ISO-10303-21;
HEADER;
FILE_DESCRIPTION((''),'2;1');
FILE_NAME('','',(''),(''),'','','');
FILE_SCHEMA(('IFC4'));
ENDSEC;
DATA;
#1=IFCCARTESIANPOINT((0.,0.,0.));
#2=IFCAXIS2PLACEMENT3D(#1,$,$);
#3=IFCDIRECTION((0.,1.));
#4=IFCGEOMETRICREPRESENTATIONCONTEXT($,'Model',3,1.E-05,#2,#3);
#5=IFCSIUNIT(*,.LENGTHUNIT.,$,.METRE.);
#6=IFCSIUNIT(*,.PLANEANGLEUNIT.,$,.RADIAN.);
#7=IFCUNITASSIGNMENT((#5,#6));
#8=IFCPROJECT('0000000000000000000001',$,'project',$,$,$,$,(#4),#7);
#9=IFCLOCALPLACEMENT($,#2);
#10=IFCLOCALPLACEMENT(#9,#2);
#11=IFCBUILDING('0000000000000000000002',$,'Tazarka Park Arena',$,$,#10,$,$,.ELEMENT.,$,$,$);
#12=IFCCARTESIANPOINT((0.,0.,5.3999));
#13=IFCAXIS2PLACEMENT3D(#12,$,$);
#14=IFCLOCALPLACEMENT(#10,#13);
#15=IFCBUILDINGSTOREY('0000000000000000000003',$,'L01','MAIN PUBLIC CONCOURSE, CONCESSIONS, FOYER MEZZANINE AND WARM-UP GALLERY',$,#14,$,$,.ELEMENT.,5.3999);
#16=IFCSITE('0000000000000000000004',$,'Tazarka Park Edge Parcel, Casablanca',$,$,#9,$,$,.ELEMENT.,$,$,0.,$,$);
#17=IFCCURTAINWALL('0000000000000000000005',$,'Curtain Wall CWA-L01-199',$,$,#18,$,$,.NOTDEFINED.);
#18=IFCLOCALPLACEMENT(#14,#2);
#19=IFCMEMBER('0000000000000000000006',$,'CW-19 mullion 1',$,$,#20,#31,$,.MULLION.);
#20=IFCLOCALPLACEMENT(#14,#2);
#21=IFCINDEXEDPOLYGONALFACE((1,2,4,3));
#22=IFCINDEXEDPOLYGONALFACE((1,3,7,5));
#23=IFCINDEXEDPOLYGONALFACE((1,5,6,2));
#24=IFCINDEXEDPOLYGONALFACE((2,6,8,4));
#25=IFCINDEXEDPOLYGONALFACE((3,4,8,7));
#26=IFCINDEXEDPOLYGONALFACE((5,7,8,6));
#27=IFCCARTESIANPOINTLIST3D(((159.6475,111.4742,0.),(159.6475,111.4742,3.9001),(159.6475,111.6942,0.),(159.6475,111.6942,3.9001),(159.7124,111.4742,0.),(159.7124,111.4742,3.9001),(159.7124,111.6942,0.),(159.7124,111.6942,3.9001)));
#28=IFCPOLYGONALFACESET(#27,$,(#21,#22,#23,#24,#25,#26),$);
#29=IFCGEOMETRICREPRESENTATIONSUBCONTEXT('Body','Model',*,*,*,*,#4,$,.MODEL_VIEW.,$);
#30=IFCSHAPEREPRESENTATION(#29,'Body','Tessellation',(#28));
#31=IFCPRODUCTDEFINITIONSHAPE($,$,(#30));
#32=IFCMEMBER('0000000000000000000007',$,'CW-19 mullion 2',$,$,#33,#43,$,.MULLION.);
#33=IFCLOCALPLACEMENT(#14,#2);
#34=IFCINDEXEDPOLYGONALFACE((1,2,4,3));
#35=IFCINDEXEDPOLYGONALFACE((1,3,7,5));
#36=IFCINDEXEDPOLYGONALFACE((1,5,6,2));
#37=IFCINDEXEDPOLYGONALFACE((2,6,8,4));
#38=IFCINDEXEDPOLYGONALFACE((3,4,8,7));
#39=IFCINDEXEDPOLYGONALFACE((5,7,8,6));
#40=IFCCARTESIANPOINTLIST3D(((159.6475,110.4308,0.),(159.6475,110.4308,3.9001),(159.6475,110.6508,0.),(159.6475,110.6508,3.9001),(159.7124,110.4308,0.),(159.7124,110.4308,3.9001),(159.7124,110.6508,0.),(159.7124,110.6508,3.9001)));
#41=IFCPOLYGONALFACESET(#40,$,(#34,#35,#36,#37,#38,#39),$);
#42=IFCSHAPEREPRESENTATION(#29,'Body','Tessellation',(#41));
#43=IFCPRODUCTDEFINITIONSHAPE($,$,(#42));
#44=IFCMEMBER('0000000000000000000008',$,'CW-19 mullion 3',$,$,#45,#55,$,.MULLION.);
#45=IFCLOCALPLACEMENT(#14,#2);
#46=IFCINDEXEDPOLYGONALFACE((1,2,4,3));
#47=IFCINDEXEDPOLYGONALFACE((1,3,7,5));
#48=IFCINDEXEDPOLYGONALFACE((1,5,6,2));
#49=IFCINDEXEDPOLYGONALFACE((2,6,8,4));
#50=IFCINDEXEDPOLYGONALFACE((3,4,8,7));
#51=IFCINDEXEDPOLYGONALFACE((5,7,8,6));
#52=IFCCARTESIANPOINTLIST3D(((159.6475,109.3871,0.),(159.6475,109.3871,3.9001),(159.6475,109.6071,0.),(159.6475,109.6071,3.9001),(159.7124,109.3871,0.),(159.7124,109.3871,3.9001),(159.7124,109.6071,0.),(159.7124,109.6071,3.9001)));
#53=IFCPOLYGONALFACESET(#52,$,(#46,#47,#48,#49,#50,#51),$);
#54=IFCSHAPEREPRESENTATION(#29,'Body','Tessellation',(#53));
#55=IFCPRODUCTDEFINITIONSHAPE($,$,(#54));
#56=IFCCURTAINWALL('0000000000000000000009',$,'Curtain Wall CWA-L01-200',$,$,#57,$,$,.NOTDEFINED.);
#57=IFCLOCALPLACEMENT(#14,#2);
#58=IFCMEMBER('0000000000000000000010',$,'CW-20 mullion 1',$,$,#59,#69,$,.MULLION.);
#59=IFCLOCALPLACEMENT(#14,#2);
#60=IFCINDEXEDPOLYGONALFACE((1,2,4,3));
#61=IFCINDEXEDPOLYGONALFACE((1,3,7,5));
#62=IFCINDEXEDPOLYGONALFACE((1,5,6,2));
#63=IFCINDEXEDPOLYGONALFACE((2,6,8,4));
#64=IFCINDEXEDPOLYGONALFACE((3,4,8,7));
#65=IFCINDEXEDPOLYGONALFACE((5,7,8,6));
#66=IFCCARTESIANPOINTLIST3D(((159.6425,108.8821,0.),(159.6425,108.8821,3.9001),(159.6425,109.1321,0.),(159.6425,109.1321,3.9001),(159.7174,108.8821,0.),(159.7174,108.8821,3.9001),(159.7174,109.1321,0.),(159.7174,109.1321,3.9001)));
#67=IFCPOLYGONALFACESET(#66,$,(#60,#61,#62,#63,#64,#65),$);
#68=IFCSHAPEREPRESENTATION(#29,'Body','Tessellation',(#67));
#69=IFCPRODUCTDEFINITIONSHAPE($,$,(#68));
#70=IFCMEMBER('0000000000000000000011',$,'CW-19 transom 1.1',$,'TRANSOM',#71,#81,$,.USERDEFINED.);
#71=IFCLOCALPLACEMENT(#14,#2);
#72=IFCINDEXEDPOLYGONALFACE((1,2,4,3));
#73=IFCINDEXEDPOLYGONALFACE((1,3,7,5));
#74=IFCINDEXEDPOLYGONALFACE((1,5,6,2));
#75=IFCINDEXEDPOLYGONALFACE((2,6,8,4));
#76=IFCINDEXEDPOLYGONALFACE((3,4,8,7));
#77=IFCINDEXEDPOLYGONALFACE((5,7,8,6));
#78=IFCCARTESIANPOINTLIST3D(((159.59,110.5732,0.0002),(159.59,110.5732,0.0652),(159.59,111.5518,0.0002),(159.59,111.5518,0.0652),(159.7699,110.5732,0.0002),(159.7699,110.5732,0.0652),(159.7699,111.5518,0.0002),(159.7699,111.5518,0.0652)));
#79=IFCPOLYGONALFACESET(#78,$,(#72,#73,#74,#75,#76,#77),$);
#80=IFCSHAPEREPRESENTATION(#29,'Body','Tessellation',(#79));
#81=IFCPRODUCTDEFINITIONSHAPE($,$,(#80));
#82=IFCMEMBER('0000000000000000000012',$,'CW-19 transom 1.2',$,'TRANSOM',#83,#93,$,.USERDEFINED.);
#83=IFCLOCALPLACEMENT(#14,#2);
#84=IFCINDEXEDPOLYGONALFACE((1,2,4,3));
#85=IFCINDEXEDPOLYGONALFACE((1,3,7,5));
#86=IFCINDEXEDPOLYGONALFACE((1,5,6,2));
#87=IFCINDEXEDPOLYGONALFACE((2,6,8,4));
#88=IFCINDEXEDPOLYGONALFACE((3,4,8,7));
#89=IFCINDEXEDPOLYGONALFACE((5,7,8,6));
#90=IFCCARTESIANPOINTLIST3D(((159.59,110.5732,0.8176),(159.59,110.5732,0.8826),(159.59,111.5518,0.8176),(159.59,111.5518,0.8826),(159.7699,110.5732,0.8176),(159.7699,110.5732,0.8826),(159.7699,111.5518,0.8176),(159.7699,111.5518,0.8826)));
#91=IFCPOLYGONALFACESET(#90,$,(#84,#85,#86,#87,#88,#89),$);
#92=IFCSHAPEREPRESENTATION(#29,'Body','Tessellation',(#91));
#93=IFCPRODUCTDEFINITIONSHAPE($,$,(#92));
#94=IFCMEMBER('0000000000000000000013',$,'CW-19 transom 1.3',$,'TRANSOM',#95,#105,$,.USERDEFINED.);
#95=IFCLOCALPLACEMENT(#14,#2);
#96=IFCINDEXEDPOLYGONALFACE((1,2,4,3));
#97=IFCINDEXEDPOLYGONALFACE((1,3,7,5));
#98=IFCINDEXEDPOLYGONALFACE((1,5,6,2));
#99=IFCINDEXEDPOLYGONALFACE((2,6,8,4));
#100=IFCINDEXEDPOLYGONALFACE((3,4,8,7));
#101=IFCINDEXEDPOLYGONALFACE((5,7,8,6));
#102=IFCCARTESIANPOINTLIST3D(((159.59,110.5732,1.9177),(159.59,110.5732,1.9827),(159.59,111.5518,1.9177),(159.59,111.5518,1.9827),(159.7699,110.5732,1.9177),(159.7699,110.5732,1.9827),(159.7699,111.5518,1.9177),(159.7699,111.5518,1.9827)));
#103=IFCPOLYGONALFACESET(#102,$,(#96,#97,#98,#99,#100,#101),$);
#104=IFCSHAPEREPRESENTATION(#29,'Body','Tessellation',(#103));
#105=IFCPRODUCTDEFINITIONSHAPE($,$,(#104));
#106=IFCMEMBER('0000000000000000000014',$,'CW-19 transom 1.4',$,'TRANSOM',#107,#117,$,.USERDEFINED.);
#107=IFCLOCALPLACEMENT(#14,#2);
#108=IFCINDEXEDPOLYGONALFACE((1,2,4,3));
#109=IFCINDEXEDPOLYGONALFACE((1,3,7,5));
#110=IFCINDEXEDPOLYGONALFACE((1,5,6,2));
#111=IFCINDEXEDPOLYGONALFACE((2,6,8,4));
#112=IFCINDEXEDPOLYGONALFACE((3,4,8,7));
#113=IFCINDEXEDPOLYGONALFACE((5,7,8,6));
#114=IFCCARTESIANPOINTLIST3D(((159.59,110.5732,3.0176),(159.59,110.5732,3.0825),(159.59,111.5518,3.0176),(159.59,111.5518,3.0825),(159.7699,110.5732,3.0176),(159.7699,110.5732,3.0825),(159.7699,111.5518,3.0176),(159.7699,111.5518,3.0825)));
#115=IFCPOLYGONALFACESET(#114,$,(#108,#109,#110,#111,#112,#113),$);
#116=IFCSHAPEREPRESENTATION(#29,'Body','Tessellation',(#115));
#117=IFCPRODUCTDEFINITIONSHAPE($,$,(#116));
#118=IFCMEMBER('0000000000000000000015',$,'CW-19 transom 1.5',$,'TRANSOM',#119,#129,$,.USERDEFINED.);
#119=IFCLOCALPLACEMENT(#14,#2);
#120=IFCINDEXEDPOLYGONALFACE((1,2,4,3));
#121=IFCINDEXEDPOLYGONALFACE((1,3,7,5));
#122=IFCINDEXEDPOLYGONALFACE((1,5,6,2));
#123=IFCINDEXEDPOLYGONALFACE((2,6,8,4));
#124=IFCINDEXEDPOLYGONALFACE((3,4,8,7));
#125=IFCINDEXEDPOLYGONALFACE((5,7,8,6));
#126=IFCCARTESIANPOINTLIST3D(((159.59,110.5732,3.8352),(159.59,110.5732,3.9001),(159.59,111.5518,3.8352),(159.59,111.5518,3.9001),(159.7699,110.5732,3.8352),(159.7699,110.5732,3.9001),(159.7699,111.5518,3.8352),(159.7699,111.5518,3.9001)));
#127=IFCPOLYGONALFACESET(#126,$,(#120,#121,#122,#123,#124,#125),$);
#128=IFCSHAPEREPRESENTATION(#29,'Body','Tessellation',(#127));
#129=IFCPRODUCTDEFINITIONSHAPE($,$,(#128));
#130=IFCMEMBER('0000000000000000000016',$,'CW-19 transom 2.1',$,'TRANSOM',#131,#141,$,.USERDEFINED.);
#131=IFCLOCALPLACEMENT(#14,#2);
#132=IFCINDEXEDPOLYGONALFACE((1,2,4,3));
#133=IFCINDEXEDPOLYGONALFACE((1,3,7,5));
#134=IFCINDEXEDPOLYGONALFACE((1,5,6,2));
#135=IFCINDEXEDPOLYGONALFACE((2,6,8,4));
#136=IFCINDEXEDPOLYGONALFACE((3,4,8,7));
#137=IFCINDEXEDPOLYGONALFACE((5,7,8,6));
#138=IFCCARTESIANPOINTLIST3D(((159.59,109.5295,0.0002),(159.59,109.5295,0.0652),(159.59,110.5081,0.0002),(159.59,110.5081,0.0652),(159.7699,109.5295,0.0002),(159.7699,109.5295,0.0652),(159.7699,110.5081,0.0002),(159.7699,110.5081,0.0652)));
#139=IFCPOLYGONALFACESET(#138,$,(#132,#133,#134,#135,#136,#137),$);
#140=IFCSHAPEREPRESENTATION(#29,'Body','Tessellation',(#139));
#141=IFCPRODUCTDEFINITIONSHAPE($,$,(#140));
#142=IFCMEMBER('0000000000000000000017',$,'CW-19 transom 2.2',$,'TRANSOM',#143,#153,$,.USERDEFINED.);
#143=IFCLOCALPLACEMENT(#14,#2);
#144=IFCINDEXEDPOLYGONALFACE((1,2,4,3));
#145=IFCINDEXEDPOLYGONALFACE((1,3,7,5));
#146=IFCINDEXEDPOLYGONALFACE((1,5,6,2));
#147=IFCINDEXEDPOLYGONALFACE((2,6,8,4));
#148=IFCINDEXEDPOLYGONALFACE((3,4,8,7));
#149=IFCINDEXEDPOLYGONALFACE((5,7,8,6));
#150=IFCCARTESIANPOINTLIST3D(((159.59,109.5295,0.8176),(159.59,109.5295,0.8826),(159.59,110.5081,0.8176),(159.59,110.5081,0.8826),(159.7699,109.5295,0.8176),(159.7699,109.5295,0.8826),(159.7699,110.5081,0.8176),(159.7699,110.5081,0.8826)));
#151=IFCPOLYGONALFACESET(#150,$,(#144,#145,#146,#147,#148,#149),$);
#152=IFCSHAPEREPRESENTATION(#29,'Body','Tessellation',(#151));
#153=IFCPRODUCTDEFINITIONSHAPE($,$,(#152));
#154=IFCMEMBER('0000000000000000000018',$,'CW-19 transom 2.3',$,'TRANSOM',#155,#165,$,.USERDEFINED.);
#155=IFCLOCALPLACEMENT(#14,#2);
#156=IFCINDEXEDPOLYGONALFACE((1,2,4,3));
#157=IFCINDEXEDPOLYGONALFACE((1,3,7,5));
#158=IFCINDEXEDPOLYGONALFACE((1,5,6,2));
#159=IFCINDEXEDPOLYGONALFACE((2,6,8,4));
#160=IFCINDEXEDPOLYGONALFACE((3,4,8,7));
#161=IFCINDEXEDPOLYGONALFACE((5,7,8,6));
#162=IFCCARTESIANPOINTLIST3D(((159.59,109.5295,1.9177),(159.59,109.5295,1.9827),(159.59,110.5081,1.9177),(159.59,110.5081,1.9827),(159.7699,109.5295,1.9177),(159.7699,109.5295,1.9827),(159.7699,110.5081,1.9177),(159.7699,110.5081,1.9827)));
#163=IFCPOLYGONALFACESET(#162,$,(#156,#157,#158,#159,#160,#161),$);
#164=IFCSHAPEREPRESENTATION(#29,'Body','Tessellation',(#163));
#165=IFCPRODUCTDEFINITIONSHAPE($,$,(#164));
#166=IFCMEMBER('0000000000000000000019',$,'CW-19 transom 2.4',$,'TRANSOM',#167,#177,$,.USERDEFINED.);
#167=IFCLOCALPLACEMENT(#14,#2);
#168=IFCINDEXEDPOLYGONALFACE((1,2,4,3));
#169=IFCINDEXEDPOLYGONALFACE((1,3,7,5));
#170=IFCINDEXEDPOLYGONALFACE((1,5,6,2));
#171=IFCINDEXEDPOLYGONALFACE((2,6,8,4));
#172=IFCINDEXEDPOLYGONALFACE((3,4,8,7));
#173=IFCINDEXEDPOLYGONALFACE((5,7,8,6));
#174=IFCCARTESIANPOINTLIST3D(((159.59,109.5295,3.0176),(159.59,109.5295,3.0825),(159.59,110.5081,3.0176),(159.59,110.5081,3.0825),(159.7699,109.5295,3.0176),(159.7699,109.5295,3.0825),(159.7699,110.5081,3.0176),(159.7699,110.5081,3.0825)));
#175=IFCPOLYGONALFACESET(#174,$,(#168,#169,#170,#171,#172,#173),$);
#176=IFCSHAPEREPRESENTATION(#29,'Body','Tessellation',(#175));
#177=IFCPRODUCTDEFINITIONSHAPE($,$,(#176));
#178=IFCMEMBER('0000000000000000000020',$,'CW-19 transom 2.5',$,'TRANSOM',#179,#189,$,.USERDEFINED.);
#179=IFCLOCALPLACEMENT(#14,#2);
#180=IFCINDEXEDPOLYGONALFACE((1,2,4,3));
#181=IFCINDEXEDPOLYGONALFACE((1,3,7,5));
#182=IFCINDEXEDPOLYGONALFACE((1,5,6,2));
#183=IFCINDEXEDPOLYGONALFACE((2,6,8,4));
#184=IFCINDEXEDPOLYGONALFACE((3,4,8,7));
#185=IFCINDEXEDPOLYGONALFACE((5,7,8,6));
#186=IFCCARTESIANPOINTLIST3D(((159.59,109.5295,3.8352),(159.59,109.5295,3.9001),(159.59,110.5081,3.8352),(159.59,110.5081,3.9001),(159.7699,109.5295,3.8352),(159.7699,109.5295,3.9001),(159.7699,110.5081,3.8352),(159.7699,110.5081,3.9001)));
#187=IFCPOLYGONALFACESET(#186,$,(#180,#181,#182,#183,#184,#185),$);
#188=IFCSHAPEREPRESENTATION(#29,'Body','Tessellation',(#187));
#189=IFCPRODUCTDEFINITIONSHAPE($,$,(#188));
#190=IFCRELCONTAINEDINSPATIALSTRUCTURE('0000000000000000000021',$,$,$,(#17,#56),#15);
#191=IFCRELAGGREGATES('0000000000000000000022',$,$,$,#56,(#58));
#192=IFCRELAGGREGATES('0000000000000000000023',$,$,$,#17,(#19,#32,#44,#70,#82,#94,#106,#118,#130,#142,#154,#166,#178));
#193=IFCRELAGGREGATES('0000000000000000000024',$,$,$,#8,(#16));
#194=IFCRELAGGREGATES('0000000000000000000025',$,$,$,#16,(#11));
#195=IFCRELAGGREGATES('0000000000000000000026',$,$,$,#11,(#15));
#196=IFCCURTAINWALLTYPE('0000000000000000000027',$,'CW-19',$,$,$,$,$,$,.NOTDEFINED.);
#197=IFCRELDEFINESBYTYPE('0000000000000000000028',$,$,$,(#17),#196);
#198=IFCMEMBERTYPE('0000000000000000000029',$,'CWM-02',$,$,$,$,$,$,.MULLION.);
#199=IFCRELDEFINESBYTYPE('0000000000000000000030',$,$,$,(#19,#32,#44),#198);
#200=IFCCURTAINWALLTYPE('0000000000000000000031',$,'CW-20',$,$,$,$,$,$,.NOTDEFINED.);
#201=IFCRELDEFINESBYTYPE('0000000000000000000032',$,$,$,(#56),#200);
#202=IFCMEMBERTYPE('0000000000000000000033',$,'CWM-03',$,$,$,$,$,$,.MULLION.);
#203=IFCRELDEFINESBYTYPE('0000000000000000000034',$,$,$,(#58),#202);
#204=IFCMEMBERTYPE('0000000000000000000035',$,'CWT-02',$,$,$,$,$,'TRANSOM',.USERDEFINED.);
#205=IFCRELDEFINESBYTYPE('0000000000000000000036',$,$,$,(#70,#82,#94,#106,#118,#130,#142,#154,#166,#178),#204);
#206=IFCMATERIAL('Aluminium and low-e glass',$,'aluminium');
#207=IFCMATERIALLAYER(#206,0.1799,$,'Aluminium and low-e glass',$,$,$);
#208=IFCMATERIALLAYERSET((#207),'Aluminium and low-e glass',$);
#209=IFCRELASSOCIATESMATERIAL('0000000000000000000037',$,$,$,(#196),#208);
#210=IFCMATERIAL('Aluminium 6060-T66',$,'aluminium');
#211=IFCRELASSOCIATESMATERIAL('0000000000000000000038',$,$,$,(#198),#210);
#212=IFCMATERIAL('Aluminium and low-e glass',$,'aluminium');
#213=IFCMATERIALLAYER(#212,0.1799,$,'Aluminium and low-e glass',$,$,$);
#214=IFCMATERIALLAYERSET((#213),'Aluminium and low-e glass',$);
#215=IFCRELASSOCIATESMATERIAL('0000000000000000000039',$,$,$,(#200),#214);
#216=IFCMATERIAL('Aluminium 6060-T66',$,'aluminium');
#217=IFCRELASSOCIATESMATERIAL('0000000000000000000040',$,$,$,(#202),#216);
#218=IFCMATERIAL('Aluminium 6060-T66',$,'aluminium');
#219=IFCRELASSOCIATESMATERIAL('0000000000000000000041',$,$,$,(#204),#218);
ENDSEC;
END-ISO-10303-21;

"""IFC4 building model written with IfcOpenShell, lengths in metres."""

from ifc_helpers import new_model, si_unit, direction, frame, origin, origin_2d, place, context, subcontext, project, spatial, rectangle, extrude, material, layer, layer_set, material_profile, profile_set, type_object, element, aggregate, save


model = new_model("IFC4")

# Units and contexts
model_context = context("Model", 3, precision=1e-05, world=origin(), true_north=direction((0.0, 1.0)))
body_context = subcontext(model_context, "Body", "Model", "MODEL_VIEW")
ifc_project = project(units=[si_unit("LENGTHUNIT", "METRE"), si_unit("PLANEANGLEUNIT", "RADIAN")], contexts=[model_context])

# Site, building, storey
site_placement = place(None, origin())
site = spatial("IfcSite", under=ifc_project, at=site_placement, Name="Tazarka Park Edge Parcel, Casablanca", CompositionType="ELEMENT", RefElevation=0.0)
building_placement = place(site_placement, origin())
building = spatial("IfcBuilding", under=site, at=building_placement, Name="Tazarka Park Arena", CompositionType="ELEMENT")
storey_placement = place(building_placement, frame((0.0, 0.0, 5.3999)))
storey = spatial("IfcBuildingStorey", under=building, at=storey_placement, Name="L01", Description="MAIN PUBLIC CONCOURSE, CONCESSIONS, FOYER MEZZANINE AND WARM-UP GALLERY", CompositionType="ELEMENT", Elevation=5.3999)

# Curtain wall, members
ifc_material_1 = material(Name="Aluminium and low-e glass", Category="aluminium")
ifc_layer_1 = layer(ifc_material_1, 0.1799, Name="Aluminium and low-e glass")
ifc_layer_set_1 = layer_set([ifc_layer_1], Name="Aluminium and low-e glass")
curtain_wall_type_1 = type_object("IfcCurtainWallType", Name="CW-19", PredefinedType="NOTDEFINED", material=ifc_layer_set_1)
curtain_wall_1_placement = place(storey_placement, origin())
curtain_wall_1 = element("IfcCurtainWall", 1, at=curtain_wall_1_placement, inside=storey, type_object=curtain_wall_type_1, Name="Curtain Wall CWA-L01-199", PredefinedType="NOTDEFINED")
ifc_material_2 = material(Name="Aluminium 6060-T66", Category="aluminium")
ifc_material_profile_1 = material_profile(ifc_material_2, rectangle(XDim=0.0649, YDim=0.22, at=origin_2d()), Name="Aluminium 6060-T66")
ifc_profile_set_1 = profile_set([ifc_material_profile_1], Name="Aluminium 6060-T66")
member_type_1 = type_object("IfcMemberType", Name="CWM-02", PredefinedType="MULLION", material=ifc_profile_set_1)
member_1_placement = place(storey_placement, frame((159.6799, 111.5842, 0.0), z_axis=(0.0, 0.0, 1.0), x_axis=(1.0, 0.0, 0.0)))
member_1 = element("IfcMember", 2, at=member_1_placement, type_object=member_type_1, Name="CW-19 mullion 1", PredefinedType="MULLION", context=body_context, shape_type="SweptSolid", body=[
    extrude(rectangle(XDim=0.0649, YDim=0.22, at=origin_2d()), origin(), (0.0, 0.0, 1.0), 3.9001),
])
member_2_placement = place(storey_placement, frame((159.6799, 110.5408, 0.0), z_axis=(0.0, 0.0, 1.0), x_axis=(1.0, 0.0, 0.0)))
member_2 = element("IfcMember", 3, at=member_2_placement, type_object=member_type_1, Name="CW-19 mullion 2", PredefinedType="MULLION", context=body_context, shape_type="SweptSolid", body=[
    extrude(rectangle(XDim=0.0649, YDim=0.22, at=origin_2d()), origin(), (0.0, 0.0, 1.0), 3.9001),
])
member_3_placement = place(storey_placement, frame((159.6799, 109.4971, 0.0), z_axis=(0.0, 0.0, 1.0), x_axis=(1.0, 0.0, 0.0)))
member_3 = element("IfcMember", 4, at=member_3_placement, type_object=member_type_1, Name="CW-19 mullion 3", PredefinedType="MULLION", context=body_context, shape_type="SweptSolid", body=[
    extrude(rectangle(XDim=0.0649, YDim=0.22, at=origin_2d()), origin(), (0.0, 0.0, 1.0), 3.9001),
])

# Curtain wall, member
ifc_material_3 = material(Name="Aluminium and low-e glass", Category="aluminium")
ifc_layer_2 = layer(ifc_material_3, 0.1799, Name="Aluminium and low-e glass")
ifc_layer_set_2 = layer_set([ifc_layer_2], Name="Aluminium and low-e glass")
curtain_wall_type_2 = type_object("IfcCurtainWallType", Name="CW-20", PredefinedType="NOTDEFINED", material=ifc_layer_set_2)
curtain_wall_2_placement = place(storey_placement, origin())
curtain_wall_2 = element("IfcCurtainWall", 5, at=curtain_wall_2_placement, inside=storey, type_object=curtain_wall_type_2, Name="Curtain Wall CWA-L01-200", PredefinedType="NOTDEFINED")
ifc_material_4 = material(Name="Aluminium 6060-T66", Category="aluminium")
ifc_material_profile_2 = material_profile(ifc_material_4, rectangle(XDim=0.075, YDim=0.25, at=origin_2d()), Name="Aluminium 6060-T66")
ifc_profile_set_2 = profile_set([ifc_material_profile_2], Name="Aluminium 6060-T66")
member_type_2 = type_object("IfcMemberType", Name="CWM-03", PredefinedType="MULLION", material=ifc_profile_set_2)
member_4_placement = place(storey_placement, frame((159.6799, 109.0071, 0.0), z_axis=(0.0, 0.0, 1.0), x_axis=(1.0, 0.0, 0.0)))
member_4 = element("IfcMember", 6, at=member_4_placement, type_object=member_type_2, Name="CW-20 mullion 1", PredefinedType="MULLION", context=body_context, shape_type="SweptSolid", body=[
    extrude(rectangle(XDim=0.075, YDim=0.25, at=origin_2d()), origin(), (0.0, 0.0, 1.0), 3.9001),
])

# Members
ifc_material_5 = material(Name="Aluminium 6060-T66", Category="aluminium")
ifc_material_profile_3 = material_profile(ifc_material_5, rectangle(XDim=0.1799, YDim=0.0649, at=origin_2d()), Name="Aluminium 6060-T66")
ifc_profile_set_3 = profile_set([ifc_material_profile_3], Name="Aluminium 6060-T66")
member_type_3 = type_object("IfcMemberType", Name="CWT-02", ElementType="TRANSOM", PredefinedType="USERDEFINED", material=ifc_profile_set_3)
member_5_placement = place(storey_placement, frame((159.6799, 111.5518, 0.0327), z_axis=(0.0, -1.0, 0.0), x_axis=(1.0, 0.0, 0.0)))
member_5 = element("IfcMember", 7, at=member_5_placement, type_object=member_type_3, Name="CW-19 transom 1.1", ObjectType="TRANSOM", PredefinedType="USERDEFINED", context=body_context, shape_type="SweptSolid", body=[
    extrude(rectangle(XDim=0.1799, YDim=0.0649, at=origin_2d()), origin(), (0.0, 0.0, 1.0), 0.9785),
])
member_6_placement = place(storey_placement, frame((159.6799, 111.5518, 0.8501), z_axis=(0.0, -1.0, 0.0), x_axis=(1.0, 0.0, 0.0)))
member_6 = element("IfcMember", 8, at=member_6_placement, type_object=member_type_3, Name="CW-19 transom 1.2", ObjectType="TRANSOM", PredefinedType="USERDEFINED", context=body_context, shape_type="SweptSolid", body=[
    extrude(rectangle(XDim=0.1799, YDim=0.0649, at=origin_2d()), origin(), (0.0, 0.0, 1.0), 0.9785),
])
member_7_placement = place(storey_placement, frame((159.6799, 111.5518, 1.9502), z_axis=(0.0, -1.0, 0.0), x_axis=(1.0, 0.0, 0.0)))
member_7 = element("IfcMember", 9, at=member_7_placement, type_object=member_type_3, Name="CW-19 transom 1.3", ObjectType="TRANSOM", PredefinedType="USERDEFINED", context=body_context, shape_type="SweptSolid", body=[
    extrude(rectangle(XDim=0.1799, YDim=0.0649, at=origin_2d()), origin(), (0.0, 0.0, 1.0), 0.9785),
])
member_8_placement = place(storey_placement, frame((159.6799, 111.5518, 3.05), z_axis=(0.0, -1.0, 0.0), x_axis=(1.0, 0.0, 0.0)))
member_8 = element("IfcMember", 10, at=member_8_placement, type_object=member_type_3, Name="CW-19 transom 1.4", ObjectType="TRANSOM", PredefinedType="USERDEFINED", context=body_context, shape_type="SweptSolid", body=[
    extrude(rectangle(XDim=0.1799, YDim=0.0649, at=origin_2d()), origin(), (0.0, 0.0, 1.0), 0.9785),
])
member_9_placement = place(storey_placement, frame((159.6799, 111.5518, 3.8677), z_axis=(0.0, -1.0, 0.0), x_axis=(1.0, 0.0, 0.0)))
member_9 = element("IfcMember", 11, at=member_9_placement, type_object=member_type_3, Name="CW-19 transom 1.5", ObjectType="TRANSOM", PredefinedType="USERDEFINED", context=body_context, shape_type="SweptSolid", body=[
    extrude(rectangle(XDim=0.1799, YDim=0.0649, at=origin_2d()), origin(), (0.0, 0.0, 1.0), 0.9785),
])
member_10_placement = place(storey_placement, frame((159.6799, 110.5081, 0.0327), z_axis=(0.0, -1.0, 0.0), x_axis=(1.0, 0.0, 0.0)))
member_10 = element("IfcMember", 12, at=member_10_placement, type_object=member_type_3, Name="CW-19 transom 2.1", ObjectType="TRANSOM", PredefinedType="USERDEFINED", context=body_context, shape_type="SweptSolid", body=[
    extrude(rectangle(XDim=0.1799, YDim=0.0649, at=origin_2d()), origin(), (0.0, 0.0, 1.0), 0.9785),
])
member_11_placement = place(storey_placement, frame((159.6799, 110.5081, 0.8501), z_axis=(0.0, -1.0, 0.0), x_axis=(1.0, 0.0, 0.0)))
member_11 = element("IfcMember", 13, at=member_11_placement, type_object=member_type_3, Name="CW-19 transom 2.2", ObjectType="TRANSOM", PredefinedType="USERDEFINED", context=body_context, shape_type="SweptSolid", body=[
    extrude(rectangle(XDim=0.1799, YDim=0.0649, at=origin_2d()), origin(), (0.0, 0.0, 1.0), 0.9785),
])
member_12_placement = place(storey_placement, frame((159.6799, 110.5081, 1.9502), z_axis=(0.0, -1.0, 0.0), x_axis=(1.0, 0.0, 0.0)))
member_12 = element("IfcMember", 14, at=member_12_placement, type_object=member_type_3, Name="CW-19 transom 2.3", ObjectType="TRANSOM", PredefinedType="USERDEFINED", context=body_context, shape_type="SweptSolid", body=[
    extrude(rectangle(XDim=0.1799, YDim=0.0649, at=origin_2d()), origin(), (0.0, 0.0, 1.0), 0.9785),
])
member_13_placement = place(storey_placement, frame((159.6799, 110.5081, 3.05), z_axis=(0.0, -1.0, 0.0), x_axis=(1.0, 0.0, 0.0)))
member_13 = element("IfcMember", 15, at=member_13_placement, type_object=member_type_3, Name="CW-19 transom 2.4", ObjectType="TRANSOM", PredefinedType="USERDEFINED", context=body_context, shape_type="SweptSolid", body=[
    extrude(rectangle(XDim=0.1799, YDim=0.0649, at=origin_2d()), origin(), (0.0, 0.0, 1.0), 0.9785),
])
member_14_placement = place(storey_placement, frame((159.6799, 110.5081, 3.8677), z_axis=(0.0, -1.0, 0.0), x_axis=(1.0, 0.0, 0.0)))
member_14 = element("IfcMember", 16, at=member_14_placement, type_object=member_type_3, Name="CW-19 transom 2.5", ObjectType="TRANSOM", PredefinedType="USERDEFINED", context=body_context, shape_type="SweptSolid", body=[
    extrude(rectangle(XDim=0.1799, YDim=0.0649, at=origin_2d()), origin(), (0.0, 0.0, 1.0), 0.9785),
])
aggregate(curtain_wall_2, [member_4])

aggregate(curtain_wall_1, [member_1, member_2, member_3, member_5, member_6, member_7, member_8, member_9, member_10, member_11, member_12, member_13, member_14])

save(model, "model.ifc")
